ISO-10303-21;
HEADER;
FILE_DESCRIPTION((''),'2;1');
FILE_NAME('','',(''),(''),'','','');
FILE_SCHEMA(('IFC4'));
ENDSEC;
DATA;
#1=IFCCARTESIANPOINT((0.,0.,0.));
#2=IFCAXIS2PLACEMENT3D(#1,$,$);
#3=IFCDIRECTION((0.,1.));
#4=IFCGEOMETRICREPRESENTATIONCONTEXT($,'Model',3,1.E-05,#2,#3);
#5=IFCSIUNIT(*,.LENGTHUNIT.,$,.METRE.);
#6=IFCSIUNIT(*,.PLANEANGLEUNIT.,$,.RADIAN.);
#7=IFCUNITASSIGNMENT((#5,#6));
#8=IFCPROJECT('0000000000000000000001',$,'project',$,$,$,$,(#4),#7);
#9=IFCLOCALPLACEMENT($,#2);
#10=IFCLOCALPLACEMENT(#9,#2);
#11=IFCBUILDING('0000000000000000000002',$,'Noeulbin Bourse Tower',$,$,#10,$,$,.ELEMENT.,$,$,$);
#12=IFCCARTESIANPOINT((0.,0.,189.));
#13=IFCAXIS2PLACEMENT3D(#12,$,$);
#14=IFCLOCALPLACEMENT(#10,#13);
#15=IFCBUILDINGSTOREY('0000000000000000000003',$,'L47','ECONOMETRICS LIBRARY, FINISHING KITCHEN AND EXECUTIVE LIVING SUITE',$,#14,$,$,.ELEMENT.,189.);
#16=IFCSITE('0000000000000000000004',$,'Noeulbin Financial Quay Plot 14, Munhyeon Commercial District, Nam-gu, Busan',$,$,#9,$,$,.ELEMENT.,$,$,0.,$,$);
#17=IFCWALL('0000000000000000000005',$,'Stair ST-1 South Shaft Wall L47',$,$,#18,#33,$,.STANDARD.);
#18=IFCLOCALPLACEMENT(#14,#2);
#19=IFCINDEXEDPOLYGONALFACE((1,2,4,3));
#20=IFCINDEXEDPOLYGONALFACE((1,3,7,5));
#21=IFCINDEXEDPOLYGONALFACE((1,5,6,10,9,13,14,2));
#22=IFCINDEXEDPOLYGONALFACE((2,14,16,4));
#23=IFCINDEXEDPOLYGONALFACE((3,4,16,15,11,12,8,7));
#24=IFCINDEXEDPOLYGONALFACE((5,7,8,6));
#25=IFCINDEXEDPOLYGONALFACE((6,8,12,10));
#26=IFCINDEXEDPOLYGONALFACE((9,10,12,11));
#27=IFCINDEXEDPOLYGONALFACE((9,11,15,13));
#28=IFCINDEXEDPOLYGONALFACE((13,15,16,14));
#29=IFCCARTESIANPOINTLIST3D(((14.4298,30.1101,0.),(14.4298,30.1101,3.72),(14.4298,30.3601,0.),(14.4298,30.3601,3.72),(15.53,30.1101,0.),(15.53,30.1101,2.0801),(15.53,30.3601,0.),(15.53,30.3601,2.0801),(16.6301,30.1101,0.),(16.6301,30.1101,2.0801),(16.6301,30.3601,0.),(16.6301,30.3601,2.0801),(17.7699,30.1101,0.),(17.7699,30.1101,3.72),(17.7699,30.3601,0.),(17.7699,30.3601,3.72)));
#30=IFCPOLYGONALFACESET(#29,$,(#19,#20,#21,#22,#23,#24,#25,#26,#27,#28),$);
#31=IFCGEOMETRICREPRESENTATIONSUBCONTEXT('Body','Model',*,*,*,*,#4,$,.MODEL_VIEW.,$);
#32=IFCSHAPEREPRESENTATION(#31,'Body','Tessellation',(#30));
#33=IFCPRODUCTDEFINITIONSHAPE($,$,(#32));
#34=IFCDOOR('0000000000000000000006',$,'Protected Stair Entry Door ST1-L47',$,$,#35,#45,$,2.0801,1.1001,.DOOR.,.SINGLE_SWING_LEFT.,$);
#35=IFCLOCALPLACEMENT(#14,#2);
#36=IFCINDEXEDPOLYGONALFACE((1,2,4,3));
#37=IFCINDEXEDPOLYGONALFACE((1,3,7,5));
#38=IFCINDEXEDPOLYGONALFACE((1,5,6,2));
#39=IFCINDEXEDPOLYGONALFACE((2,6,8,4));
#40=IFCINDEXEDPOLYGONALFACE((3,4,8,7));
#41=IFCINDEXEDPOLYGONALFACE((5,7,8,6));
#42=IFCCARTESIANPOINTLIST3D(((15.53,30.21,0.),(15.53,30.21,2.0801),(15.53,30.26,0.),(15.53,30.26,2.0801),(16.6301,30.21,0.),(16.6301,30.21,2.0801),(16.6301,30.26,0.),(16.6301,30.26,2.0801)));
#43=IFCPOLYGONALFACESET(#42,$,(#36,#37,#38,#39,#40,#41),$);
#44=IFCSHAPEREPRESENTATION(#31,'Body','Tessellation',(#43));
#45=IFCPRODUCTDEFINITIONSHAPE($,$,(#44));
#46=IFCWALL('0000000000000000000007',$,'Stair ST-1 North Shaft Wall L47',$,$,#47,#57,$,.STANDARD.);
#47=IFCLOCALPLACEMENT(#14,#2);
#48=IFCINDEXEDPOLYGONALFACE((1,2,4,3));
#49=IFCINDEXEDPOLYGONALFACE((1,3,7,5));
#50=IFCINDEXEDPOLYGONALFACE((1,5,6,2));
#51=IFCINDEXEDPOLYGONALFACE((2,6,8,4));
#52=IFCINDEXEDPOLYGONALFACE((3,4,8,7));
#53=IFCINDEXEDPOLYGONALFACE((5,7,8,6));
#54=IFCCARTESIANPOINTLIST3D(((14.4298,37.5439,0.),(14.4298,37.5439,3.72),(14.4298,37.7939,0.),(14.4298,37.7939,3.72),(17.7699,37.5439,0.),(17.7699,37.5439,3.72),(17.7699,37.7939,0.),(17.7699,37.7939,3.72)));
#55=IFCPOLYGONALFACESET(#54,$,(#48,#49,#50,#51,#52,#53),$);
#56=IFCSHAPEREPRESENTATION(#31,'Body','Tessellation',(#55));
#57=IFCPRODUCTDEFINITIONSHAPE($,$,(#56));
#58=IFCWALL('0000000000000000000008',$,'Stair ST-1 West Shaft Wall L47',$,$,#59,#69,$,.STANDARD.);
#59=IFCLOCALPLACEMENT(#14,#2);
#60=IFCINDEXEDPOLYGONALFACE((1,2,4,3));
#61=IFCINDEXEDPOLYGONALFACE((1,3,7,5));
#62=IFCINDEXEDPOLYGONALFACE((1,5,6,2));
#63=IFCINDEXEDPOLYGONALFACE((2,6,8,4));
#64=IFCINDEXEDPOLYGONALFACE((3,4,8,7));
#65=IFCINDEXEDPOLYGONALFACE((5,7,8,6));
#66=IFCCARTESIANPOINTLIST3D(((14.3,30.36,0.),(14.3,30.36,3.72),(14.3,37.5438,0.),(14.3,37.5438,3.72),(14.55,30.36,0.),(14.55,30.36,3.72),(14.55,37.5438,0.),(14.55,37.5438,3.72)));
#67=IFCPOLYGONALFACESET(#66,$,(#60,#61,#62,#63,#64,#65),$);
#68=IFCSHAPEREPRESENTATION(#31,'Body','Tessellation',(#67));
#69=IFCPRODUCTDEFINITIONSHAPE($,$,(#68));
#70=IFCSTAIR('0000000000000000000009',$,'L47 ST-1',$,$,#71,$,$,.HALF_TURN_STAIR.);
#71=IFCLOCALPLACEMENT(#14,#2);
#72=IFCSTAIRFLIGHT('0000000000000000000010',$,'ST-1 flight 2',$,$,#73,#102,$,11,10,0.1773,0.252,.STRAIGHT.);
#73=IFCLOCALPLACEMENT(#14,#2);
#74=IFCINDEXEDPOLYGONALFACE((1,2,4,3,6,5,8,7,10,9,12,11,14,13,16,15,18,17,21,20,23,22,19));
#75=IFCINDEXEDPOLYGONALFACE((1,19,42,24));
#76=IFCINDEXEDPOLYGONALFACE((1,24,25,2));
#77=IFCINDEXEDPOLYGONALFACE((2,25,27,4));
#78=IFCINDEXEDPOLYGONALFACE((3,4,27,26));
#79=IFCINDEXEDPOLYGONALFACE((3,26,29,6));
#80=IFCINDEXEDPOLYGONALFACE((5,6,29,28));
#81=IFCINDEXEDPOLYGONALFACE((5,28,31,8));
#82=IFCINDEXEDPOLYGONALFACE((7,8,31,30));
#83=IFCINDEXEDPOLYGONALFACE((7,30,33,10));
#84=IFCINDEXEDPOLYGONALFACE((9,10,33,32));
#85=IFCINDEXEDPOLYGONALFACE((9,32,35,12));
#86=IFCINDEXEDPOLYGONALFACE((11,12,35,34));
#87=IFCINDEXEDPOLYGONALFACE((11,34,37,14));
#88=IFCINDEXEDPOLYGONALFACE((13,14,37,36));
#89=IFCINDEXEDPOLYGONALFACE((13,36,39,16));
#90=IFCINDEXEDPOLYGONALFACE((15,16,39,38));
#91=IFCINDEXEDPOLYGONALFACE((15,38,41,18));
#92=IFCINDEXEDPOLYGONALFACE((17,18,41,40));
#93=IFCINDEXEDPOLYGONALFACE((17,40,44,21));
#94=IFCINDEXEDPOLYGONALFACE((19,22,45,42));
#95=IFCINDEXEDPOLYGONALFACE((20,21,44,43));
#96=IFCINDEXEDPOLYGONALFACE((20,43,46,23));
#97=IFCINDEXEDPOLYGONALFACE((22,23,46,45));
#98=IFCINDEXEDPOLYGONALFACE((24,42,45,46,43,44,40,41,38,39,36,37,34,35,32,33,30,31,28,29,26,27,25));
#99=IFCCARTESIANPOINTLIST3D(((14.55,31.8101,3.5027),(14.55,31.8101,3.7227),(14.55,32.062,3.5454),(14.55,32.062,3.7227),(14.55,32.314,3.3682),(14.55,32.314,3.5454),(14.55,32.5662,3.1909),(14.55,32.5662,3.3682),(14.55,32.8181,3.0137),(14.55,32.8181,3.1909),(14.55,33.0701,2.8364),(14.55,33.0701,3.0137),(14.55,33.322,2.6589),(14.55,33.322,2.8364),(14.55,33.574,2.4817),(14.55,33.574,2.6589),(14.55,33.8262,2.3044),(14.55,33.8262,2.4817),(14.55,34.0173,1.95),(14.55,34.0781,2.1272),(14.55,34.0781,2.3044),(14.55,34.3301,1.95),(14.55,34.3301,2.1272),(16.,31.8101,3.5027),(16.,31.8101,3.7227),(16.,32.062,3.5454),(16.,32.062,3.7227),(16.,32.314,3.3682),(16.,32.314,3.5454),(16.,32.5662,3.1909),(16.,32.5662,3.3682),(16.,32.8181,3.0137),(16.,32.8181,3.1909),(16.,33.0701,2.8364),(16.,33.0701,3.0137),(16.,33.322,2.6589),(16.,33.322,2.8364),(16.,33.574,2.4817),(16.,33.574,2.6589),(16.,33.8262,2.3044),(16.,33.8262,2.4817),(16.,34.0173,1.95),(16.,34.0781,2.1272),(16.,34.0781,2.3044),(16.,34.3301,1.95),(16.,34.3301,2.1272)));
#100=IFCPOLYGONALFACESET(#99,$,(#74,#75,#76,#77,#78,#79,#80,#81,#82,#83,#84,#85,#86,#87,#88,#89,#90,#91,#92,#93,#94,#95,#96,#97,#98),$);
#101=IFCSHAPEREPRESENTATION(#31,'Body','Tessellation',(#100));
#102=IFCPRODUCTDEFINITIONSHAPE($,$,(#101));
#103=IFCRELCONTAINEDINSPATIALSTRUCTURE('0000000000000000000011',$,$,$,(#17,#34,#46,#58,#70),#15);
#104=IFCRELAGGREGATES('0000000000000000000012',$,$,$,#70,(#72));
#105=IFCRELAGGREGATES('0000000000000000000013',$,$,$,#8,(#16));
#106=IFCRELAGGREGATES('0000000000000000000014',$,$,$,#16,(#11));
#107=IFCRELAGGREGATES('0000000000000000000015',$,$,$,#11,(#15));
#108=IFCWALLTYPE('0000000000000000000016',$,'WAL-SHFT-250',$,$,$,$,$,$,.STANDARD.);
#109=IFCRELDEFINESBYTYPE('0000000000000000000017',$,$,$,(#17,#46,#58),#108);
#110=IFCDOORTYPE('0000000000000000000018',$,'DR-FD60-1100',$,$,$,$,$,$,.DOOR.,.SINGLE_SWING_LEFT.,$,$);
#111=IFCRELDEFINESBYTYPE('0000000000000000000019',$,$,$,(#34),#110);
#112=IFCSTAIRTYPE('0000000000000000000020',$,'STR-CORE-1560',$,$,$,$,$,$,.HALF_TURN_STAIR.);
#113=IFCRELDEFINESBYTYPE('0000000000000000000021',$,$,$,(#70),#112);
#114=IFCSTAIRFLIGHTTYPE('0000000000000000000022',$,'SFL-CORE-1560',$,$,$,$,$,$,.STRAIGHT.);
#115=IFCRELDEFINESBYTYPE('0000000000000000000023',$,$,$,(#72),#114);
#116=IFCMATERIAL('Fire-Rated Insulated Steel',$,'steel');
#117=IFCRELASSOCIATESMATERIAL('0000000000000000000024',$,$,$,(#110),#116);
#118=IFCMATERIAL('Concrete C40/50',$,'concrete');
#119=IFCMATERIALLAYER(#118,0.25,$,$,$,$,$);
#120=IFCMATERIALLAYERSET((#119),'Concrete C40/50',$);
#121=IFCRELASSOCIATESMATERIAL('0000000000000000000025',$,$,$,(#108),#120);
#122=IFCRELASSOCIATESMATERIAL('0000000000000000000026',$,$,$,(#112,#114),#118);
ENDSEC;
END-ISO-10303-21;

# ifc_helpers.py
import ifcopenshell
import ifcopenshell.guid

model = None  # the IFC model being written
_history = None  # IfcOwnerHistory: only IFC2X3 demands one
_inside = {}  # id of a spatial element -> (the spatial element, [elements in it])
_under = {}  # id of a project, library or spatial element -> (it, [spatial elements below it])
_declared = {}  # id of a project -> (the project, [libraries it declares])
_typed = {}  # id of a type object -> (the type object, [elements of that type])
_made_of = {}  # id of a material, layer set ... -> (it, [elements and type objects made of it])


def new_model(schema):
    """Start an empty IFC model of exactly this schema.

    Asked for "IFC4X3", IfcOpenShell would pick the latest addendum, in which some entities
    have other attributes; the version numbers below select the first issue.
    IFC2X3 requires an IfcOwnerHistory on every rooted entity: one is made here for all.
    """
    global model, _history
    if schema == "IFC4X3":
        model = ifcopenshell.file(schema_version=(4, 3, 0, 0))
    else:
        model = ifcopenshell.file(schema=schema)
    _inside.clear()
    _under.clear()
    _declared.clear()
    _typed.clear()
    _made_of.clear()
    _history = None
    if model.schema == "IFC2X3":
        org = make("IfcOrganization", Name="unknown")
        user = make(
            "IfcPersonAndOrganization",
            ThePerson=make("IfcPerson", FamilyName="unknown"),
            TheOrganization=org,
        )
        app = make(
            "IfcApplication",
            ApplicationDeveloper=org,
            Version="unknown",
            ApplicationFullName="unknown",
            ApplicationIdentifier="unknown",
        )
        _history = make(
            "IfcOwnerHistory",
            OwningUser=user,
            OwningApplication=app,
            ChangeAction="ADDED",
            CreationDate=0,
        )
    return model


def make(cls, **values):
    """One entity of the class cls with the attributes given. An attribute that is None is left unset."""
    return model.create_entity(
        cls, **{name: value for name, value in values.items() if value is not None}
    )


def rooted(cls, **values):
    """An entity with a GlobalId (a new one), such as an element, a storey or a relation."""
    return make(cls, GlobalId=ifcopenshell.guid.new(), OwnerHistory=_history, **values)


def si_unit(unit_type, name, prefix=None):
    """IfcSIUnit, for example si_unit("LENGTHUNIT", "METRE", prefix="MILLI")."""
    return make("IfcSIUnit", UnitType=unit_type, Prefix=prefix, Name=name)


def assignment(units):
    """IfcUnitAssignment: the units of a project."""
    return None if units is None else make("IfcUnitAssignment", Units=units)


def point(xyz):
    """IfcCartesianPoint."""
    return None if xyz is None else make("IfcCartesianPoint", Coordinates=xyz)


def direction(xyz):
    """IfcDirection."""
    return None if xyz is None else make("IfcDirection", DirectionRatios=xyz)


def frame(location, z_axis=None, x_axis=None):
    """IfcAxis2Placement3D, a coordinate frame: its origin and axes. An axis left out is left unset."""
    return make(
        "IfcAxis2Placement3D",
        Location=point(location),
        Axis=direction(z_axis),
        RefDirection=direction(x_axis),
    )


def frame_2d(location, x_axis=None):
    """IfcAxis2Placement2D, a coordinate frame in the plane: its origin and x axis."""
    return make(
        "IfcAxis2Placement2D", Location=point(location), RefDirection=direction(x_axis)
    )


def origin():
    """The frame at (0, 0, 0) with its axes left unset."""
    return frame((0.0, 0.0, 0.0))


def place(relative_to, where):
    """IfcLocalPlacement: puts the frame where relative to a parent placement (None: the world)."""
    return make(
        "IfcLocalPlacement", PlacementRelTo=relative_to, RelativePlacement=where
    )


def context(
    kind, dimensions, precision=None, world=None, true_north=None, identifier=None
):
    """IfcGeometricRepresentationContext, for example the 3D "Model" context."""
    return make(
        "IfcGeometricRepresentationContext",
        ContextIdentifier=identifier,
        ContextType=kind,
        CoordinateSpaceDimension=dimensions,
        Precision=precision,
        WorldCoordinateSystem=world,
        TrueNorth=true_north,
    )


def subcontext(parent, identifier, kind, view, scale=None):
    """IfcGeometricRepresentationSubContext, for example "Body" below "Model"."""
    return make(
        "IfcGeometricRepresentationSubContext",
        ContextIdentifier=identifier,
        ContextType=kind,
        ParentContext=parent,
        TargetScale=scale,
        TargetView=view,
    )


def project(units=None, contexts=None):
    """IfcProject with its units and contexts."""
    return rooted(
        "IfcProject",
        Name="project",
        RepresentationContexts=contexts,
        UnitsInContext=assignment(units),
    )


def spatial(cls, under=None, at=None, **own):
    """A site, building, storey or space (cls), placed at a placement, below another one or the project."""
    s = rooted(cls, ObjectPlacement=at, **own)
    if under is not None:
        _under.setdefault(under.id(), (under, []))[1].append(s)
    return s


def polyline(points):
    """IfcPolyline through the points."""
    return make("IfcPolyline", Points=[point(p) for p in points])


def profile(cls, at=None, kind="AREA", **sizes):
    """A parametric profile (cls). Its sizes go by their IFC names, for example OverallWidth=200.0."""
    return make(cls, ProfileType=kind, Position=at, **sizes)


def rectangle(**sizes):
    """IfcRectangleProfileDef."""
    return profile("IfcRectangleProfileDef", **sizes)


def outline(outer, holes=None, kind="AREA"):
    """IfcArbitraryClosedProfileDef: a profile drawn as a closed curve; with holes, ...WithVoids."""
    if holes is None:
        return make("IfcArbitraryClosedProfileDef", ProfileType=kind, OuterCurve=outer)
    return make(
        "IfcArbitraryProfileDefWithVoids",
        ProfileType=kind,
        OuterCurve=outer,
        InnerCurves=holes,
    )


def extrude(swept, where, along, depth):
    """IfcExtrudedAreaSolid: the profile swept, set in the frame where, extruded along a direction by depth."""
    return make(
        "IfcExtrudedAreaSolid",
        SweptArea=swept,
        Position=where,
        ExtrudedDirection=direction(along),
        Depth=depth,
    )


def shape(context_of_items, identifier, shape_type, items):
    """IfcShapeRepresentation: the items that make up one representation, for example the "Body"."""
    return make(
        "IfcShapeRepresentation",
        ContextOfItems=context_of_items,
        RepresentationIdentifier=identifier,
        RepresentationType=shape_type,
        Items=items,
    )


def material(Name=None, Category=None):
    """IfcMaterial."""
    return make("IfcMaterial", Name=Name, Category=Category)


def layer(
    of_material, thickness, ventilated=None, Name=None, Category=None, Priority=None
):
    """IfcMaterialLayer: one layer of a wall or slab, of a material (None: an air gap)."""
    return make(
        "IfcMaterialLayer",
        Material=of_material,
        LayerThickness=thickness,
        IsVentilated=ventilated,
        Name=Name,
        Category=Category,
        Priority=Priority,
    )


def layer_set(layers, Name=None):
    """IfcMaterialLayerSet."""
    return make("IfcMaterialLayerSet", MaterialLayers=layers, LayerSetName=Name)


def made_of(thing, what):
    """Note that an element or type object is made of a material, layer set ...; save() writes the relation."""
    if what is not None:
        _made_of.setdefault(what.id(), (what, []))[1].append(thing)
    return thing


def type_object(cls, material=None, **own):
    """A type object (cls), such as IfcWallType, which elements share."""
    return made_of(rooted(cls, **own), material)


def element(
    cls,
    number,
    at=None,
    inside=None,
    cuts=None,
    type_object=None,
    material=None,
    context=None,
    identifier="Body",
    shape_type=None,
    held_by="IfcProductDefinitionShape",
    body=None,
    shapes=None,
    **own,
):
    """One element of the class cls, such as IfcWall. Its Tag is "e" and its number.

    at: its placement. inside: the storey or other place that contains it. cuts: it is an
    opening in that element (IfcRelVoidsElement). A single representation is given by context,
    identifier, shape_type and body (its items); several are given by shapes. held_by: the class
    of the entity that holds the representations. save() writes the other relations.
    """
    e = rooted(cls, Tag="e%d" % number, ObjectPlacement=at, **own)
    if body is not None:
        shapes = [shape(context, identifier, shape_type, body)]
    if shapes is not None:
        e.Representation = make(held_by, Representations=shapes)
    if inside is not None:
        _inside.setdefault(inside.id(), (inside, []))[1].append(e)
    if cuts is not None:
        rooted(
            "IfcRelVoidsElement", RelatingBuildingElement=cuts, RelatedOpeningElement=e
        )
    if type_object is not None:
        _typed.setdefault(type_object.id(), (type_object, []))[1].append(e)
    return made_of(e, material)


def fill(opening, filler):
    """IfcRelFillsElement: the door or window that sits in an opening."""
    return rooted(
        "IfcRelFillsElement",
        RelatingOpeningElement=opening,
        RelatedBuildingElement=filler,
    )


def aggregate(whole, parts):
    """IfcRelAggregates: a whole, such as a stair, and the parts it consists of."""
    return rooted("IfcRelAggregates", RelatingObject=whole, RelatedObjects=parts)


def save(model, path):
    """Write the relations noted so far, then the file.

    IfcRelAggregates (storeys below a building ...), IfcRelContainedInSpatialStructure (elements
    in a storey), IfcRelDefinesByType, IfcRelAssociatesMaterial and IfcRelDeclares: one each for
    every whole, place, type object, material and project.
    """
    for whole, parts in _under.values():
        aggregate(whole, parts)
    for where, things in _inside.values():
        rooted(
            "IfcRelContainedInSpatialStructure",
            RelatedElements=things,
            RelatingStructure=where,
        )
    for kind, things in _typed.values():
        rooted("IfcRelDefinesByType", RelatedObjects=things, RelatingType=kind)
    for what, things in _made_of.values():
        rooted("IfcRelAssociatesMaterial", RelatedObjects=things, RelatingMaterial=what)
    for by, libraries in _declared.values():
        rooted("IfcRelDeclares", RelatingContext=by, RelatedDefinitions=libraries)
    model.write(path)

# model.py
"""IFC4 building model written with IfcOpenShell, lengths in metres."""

from ifc_helpers import new_model, si_unit, direction, frame, frame_2d, origin, place, context, subcontext, project, spatial, polyline, rectangle, outline, extrude, material, layer, layer_set, type_object, element, fill, aggregate, save


model = new_model("IFC4")

# Units and contexts
model_context = context("Model", 3, precision=1e-05, world=origin(), true_north=direction((0.0, 1.0)))
body_context = subcontext(model_context, "Body", "Model", "MODEL_VIEW")
ifc_project = project(units=[si_unit("LENGTHUNIT", "METRE"), si_unit("PLANEANGLEUNIT", "RADIAN")], contexts=[model_context])

# Site, building, storey
site_placement = place(None, origin())
site = spatial("IfcSite", under=ifc_project, at=site_placement, Name="Noeulbin Financial Quay Plot 14, Munhyeon Commercial District, Nam-gu, Busan", CompositionType="ELEMENT", RefElevation=0.0)
building_placement = place(site_placement, origin())
building = spatial("IfcBuilding", under=site, at=building_placement, Name="Noeulbin Bourse Tower", CompositionType="ELEMENT")
storey_placement = place(building_placement, frame((0.0, 0.0, 189.0)))
storey = spatial("IfcBuildingStorey", under=building, at=storey_placement, Name="L47", Description="ECONOMETRICS LIBRARY, FINISHING KITCHEN AND EXECUTIVE LIVING SUITE", CompositionType="ELEMENT", Elevation=189.0)

# Shared definitions
ifc_material_1 = material(Name="Fire-Rated Insulated Steel", Category="steel")
door_type_1 = type_object("IfcDoorType", Name="DR-FD60-1100", OperationType="SINGLE_SWING_LEFT", PredefinedType="DOOR", material=ifc_material_1)

# Wall, opening, door
ifc_material_2 = material(Name="Concrete C40/50", Category="concrete")
ifc_layer_1 = layer(ifc_material_2, 0.25)
ifc_layer_set_1 = layer_set([ifc_layer_1], Name="Concrete C40/50")
wall_type_1 = type_object("IfcWallType", Name="WAL-SHFT-250", PredefinedType="STANDARD", material=ifc_layer_set_1)
wall_1_placement = place(storey_placement, frame((14.4299, 30.2351, 0.0), z_axis=(0.0, 0.0, 1.0), x_axis=(1.0, 0.0, 0.0)))
wall_1 = element("IfcWall", 1, at=wall_1_placement, inside=storey, type_object=wall_type_1, Name="Stair ST-1 South Shaft Wall L47", PredefinedType="STANDARD", context=body_context, shape_type="SweptSolid", body=[
    extrude(rectangle(XDim=3.3401, YDim=0.25, at=frame_2d((1.6699, 0.0))), origin(), (0.0, 0.0, 1.0), 3.72),
])
opening_1_placement = place(wall_1_placement, frame((1.1001, 0.0, 0.0)))
opening_1 = element("IfcOpeningElement", 2, at=opening_1_placement, cuts=wall_1, PredefinedType="OPENING", context=body_context, shape_type="SweptSolid", body=[
    extrude(rectangle(XDim=1.1001, YDim=2.0801, at=frame_2d((0.55, 1.04))), frame((0.0, 0.135, 0.0), z_axis=(0.0, -1.0, 0.0), x_axis=(1.0, 0.0, 0.0)), (0.0, 0.0, 1.0), 0.27),
])
door_1_placement = place(opening_1_placement, origin())
door_1 = element("IfcDoor", 3, at=door_1_placement, inside=storey, type_object=door_type_1, Name="Protected Stair Entry Door ST1-L47", OperationType="SINGLE_SWING_LEFT", OverallHeight=2.0801, OverallWidth=1.1001, PredefinedType="DOOR", context=body_context, shape_type="SweptSolid", body=[
    extrude(rectangle(XDim=1.1001, YDim=2.0801, at=frame_2d((0.55, 1.04))), frame((0.0, 0.0249, 0.0), z_axis=(0.0, -1.0, 0.0), x_axis=(1.0, 0.0, 0.0)), (0.0, 0.0, 1.0), 0.05),
])
fill(opening_1, door_1)

# Walls
wall_2_placement = place(storey_placement, frame((14.4299, 37.6689, 0.0), z_axis=(0.0, 0.0, 1.0), x_axis=(1.0, 0.0, 0.0)))
element("IfcWall", 4, at=wall_2_placement, inside=storey, type_object=wall_type_1, Name="Stair ST-1 North Shaft Wall L47", PredefinedType="STANDARD", context=body_context, shape_type="SweptSolid", body=[
    extrude(rectangle(XDim=3.3401, YDim=0.25, at=frame_2d((1.6699, 0.0))), origin(), (0.0, 0.0, 1.0), 3.72),
])
wall_3_placement = place(storey_placement, frame((14.425, 30.3601, 0.0), z_axis=(0.0, 0.0, 1.0), x_axis=(0.0, 1.0, 0.0)))
element("IfcWall", 5, at=wall_3_placement, inside=storey, type_object=wall_type_1, Name="Stair ST-1 West Shaft Wall L47", PredefinedType="STANDARD", context=body_context, shape_type="SweptSolid", body=[
    extrude(rectangle(XDim=7.1838, YDim=0.25, at=frame_2d((3.5918, 0.0))), origin(), (0.0, 0.0, 1.0), 3.72),
])

# Stair, stair flight
stair_type = type_object("IfcStairType", Name="STR-CORE-1560", PredefinedType="HALF_TURN_STAIR", material=ifc_material_2)
stair_placement = place(storey_placement, origin())
stair = element("IfcStair", 6, at=stair_placement, inside=storey, type_object=stair_type, Name="L47 ST-1", PredefinedType="HALF_TURN_STAIR")
stair_flight_type = type_object("IfcStairFlightType", Name="SFL-CORE-1560", PredefinedType="STRAIGHT", material=ifc_material_2)
stair_flight_placement = place(storey_placement, frame((15.2749, 34.3301, 1.95), z_axis=(0.0, 0.0, 1.0), x_axis=(0.0, -1.0, 0.0)))
stair_flight = element("IfcStairFlight", 7, at=stair_flight_placement, type_object=stair_flight_type, Name="ST-1 flight 2", NumberOfRisers=11, NumberOfTreads=10, PredefinedType="STRAIGHT", RiserHeight=0.1773, TreadLength=0.252, context=body_context, shape_type="SweptSolid", body=[
    extrude(outline(polyline([(0.0, 0.0), (0.0, 0.1772), (0.252, 0.1772), (0.252, 0.3545), (0.5039, 0.3545), (0.5039, 0.5317), (0.7561, 0.5317), (0.7561, 0.709), (1.0081, 0.709), (1.0081, 0.8865), (1.26, 0.8865), (1.26, 1.0637), (1.512, 1.0637), (1.512, 1.241), (1.7639, 1.241), (1.7639, 1.4182), (2.0161, 1.4182), (2.0161, 1.5955), (2.2681, 1.5955), (2.2681, 1.7727), (2.52, 1.7727), (2.52, 1.95), (2.52, 1.5527), (0.3127, 0.0), (0.0, 0.0)])), frame((0.0, 0.7251, 0.0), z_axis=(0.0, -1.0, 0.0), x_axis=(1.0, 0.0, 0.0)), (0.0, 0.0, 1.0), 1.45),
])
aggregate(stair, [stair_flight])

save(model, "model.ifc")
